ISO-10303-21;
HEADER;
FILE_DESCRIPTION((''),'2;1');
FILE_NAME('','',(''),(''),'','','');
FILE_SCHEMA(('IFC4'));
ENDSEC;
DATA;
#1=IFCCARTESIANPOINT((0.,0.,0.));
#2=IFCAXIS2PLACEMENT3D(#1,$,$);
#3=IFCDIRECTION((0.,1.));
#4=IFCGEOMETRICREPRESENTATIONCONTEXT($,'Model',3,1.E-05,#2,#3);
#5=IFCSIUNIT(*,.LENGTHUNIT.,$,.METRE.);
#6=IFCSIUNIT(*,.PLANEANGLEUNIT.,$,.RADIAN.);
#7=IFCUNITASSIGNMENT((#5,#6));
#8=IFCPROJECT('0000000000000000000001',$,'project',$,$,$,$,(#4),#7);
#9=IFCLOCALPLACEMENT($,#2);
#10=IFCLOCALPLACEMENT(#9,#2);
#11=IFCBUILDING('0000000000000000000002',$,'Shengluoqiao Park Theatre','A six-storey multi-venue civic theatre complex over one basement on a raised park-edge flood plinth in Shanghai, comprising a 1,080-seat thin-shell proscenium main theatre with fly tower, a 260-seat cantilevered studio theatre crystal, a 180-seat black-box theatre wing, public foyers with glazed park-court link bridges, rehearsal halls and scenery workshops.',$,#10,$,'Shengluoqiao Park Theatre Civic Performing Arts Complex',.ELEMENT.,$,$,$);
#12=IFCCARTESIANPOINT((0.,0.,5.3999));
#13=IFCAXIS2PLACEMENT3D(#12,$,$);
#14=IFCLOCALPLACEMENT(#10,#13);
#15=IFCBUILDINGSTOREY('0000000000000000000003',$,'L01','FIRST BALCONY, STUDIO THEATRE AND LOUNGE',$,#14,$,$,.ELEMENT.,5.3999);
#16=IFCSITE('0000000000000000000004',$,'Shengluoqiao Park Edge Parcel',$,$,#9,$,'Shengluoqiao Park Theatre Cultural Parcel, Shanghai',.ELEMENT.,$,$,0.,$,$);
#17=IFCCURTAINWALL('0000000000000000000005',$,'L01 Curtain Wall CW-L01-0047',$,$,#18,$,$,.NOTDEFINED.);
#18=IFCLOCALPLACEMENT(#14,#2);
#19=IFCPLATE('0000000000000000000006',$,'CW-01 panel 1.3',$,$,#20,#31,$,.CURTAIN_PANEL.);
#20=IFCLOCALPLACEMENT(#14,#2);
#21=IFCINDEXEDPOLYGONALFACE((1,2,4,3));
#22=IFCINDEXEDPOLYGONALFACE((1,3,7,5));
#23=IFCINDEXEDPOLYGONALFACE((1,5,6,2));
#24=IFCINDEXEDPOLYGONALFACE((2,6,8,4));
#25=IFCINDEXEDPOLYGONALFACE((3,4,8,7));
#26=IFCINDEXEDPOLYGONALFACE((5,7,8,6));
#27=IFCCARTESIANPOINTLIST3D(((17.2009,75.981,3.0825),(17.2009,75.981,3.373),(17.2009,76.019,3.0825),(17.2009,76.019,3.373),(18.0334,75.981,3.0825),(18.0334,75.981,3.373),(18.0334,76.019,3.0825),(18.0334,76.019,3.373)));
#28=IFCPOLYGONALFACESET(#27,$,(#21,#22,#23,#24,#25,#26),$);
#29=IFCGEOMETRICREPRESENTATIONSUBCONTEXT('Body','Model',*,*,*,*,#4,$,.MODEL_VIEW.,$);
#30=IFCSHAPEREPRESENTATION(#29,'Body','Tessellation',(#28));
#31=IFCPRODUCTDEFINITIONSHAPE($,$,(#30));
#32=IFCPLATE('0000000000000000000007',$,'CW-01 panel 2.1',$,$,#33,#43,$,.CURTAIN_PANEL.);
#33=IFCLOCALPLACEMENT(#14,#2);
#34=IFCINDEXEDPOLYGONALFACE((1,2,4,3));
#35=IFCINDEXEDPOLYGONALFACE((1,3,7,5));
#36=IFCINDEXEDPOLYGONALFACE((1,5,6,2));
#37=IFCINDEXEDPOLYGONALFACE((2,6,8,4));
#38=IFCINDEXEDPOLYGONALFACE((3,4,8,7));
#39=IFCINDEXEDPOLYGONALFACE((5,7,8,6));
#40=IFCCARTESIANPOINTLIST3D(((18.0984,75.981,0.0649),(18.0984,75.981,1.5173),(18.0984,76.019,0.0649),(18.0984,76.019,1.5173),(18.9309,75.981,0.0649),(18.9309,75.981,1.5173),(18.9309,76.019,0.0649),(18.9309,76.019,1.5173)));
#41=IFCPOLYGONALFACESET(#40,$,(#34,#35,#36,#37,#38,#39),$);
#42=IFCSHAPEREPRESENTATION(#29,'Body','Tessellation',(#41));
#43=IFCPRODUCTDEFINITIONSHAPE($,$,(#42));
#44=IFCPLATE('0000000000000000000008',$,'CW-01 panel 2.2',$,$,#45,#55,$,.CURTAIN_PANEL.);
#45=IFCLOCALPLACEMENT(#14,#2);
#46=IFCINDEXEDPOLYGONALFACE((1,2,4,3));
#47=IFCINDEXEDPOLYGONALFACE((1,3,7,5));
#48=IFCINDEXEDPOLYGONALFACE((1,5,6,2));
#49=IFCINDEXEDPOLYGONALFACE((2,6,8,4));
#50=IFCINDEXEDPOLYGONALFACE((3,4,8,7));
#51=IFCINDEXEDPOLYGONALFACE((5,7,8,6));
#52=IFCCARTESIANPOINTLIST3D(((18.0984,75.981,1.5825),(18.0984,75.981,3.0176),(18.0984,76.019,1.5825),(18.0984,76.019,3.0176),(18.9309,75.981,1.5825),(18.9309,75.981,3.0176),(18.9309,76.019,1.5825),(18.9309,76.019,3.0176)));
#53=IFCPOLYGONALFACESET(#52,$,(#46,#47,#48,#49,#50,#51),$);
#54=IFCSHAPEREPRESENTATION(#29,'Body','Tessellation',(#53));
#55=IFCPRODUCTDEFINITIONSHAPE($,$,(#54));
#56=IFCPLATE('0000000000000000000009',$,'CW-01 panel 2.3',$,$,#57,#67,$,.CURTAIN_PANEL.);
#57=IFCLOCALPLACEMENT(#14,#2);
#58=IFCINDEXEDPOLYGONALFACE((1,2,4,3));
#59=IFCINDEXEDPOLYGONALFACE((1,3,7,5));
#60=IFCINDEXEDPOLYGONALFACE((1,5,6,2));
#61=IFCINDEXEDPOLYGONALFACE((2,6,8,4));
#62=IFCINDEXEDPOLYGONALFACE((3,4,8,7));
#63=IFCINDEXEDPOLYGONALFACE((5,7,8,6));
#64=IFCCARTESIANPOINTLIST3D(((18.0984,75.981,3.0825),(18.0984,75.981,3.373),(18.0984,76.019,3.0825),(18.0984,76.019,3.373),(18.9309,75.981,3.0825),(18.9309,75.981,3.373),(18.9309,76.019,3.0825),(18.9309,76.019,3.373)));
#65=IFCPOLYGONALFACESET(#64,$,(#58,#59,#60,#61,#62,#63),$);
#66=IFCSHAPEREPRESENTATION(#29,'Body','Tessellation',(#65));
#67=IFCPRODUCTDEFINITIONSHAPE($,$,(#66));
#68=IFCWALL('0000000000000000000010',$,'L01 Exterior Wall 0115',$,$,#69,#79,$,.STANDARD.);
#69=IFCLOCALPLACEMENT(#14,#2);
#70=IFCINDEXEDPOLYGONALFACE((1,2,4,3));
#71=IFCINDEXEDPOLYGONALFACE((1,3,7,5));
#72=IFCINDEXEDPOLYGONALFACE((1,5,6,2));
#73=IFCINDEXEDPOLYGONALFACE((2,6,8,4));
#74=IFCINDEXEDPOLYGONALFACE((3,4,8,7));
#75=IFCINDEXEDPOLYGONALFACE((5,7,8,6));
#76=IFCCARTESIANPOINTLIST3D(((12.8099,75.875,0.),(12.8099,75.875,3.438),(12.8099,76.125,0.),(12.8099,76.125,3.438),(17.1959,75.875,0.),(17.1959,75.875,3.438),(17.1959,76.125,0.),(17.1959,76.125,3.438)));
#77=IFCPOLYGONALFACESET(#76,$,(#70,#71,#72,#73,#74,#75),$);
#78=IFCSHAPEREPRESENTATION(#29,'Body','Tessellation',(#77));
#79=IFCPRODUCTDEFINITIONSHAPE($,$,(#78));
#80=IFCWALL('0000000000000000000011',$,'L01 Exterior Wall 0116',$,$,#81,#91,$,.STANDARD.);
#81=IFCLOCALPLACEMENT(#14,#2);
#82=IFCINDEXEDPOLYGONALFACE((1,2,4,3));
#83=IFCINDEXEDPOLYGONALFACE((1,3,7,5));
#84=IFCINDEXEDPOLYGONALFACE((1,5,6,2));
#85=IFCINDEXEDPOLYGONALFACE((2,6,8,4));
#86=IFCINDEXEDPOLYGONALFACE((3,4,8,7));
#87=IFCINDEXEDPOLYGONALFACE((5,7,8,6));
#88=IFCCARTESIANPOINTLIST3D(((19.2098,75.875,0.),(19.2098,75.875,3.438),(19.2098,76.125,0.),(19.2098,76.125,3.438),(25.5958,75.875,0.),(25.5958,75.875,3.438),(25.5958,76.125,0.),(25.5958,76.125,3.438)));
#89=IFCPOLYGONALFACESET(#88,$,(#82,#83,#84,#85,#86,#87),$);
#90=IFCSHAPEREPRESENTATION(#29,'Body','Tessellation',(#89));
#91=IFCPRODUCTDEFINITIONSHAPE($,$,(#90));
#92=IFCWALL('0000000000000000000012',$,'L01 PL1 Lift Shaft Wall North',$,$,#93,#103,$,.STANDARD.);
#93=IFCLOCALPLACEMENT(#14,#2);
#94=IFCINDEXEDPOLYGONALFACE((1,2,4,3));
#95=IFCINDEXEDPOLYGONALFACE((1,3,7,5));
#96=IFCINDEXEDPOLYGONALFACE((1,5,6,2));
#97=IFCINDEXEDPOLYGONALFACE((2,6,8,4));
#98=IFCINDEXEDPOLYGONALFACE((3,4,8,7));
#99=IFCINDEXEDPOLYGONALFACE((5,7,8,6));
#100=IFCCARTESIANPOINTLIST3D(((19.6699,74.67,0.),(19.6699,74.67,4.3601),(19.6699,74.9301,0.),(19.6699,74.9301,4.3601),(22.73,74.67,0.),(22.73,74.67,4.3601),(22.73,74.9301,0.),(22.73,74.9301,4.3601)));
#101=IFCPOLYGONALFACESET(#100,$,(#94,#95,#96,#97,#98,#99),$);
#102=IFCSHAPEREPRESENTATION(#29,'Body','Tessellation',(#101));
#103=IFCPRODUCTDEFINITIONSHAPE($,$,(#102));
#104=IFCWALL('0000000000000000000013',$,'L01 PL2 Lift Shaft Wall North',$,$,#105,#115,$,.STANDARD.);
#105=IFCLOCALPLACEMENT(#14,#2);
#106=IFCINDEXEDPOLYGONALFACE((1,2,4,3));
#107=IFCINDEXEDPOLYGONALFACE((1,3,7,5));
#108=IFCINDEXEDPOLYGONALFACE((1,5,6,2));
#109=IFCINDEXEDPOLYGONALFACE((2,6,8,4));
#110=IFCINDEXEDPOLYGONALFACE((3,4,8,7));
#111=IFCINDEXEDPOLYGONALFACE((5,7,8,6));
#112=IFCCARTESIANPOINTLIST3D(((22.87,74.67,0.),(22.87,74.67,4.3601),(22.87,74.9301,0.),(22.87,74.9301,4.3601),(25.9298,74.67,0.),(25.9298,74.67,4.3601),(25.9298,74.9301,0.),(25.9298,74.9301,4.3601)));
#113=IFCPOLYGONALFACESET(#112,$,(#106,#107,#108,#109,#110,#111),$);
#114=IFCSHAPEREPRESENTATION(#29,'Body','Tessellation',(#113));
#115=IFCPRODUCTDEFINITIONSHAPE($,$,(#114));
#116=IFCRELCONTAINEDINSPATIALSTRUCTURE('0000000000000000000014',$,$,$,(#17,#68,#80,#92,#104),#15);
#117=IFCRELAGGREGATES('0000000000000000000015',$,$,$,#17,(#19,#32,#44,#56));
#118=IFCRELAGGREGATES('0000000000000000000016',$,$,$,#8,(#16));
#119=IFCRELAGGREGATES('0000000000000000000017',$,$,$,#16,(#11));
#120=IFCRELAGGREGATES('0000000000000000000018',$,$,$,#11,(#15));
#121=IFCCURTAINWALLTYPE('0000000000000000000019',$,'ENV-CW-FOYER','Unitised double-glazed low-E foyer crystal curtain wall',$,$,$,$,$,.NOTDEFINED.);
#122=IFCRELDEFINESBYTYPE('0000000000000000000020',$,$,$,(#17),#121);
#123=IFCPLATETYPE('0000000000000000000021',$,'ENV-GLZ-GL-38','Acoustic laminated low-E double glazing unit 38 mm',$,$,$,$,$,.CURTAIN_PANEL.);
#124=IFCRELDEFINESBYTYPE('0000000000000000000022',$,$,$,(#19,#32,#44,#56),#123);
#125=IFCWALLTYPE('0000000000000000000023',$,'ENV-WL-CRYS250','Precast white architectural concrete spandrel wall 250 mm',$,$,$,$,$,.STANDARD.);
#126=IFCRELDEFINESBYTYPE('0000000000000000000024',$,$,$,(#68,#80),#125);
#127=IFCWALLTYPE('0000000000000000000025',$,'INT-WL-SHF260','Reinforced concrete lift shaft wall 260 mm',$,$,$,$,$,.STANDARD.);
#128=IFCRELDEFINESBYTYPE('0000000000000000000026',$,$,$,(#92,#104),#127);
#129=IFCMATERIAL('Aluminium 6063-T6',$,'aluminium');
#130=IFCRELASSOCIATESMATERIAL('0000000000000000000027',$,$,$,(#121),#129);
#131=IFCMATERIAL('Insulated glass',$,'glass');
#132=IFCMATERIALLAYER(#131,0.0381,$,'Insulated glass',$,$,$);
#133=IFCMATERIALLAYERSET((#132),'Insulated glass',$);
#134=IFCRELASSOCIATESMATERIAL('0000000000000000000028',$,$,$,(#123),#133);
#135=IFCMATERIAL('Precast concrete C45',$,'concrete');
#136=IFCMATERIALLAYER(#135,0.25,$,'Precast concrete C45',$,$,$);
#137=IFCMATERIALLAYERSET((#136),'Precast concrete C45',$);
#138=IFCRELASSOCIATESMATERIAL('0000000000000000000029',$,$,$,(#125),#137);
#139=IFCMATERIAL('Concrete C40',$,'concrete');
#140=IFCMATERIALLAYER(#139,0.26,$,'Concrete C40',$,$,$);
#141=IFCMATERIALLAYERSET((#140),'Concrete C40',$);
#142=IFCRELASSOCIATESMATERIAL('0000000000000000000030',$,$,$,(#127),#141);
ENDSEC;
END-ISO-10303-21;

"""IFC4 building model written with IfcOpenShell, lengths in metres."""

from ifc_helpers import new_model, si_unit, direction, frame, frame_2d, origin, origin_2d, place, context, subcontext, project, spatial, rectangle, extrude, material, layer, layer_set, type_object, element, aggregate, save


model = new_model("IFC4")

# Units and contexts
model_context = context("Model", 3, precision=1e-05, world=origin(), true_north=direction((0.0, 1.0)))
body_context = subcontext(model_context, "Body", "Model", "MODEL_VIEW")
ifc_project = project(units=[si_unit("LENGTHUNIT", "METRE"), si_unit("PLANEANGLEUNIT", "RADIAN")], contexts=[model_context])

# Site, building, storey
site_placement = place(None, origin())
site = spatial("IfcSite", under=ifc_project, at=site_placement, Name="Shengluoqiao Park Edge Parcel", LongName="Shengluoqiao Park Theatre Cultural Parcel, Shanghai", CompositionType="ELEMENT", RefElevation=0.0)
building_placement = place(site_placement, origin())
building = spatial("IfcBuilding", under=site, at=building_placement, Name="Shengluoqiao Park Theatre", Description="A six-storey multi-venue civic theatre complex over one basement on a raised park-edge flood plinth in Shanghai, comprising a 1,080-seat thin-shell proscenium main theatre with fly tower, a 260-seat cantilevered studio theatre crystal, a 180-seat black-box theatre wing, public foyers with glazed park-court link bridges, rehearsal halls and scenery workshops.", LongName="Shengluoqiao Park Theatre Civic Performing Arts Complex", CompositionType="ELEMENT")
storey_placement = place(building_placement, frame((0.0, 0.0, 5.3999)))
storey = spatial("IfcBuildingStorey", under=building, at=storey_placement, Name="L01", Description="FIRST BALCONY, STUDIO THEATRE AND LOUNGE", CompositionType="ELEMENT", Elevation=5.3999)

# Shared definitions
ifc_material_1 = material(Name="Aluminium 6063-T6", Category="aluminium")
curtain_wall_type = type_object("IfcCurtainWallType", Name="ENV-CW-FOYER", Description="Unitised double-glazed low-E foyer crystal curtain wall", PredefinedType="NOTDEFINED", material=ifc_material_1)

# Curtain wall
curtain_wall_1_placement = place(storey_placement, origin())
curtain_wall_1 = element("IfcCurtainWall", 1, at=curtain_wall_1_placement, inside=storey, type_object=curtain_wall_type, Name="L01 Curtain Wall CW-L01-0047", PredefinedType="NOTDEFINED")

# Shared definitions
ifc_material_2 = material(Name="Precast concrete C45", Category="concrete")

# Plates
ifc_material_3 = material(Name="Insulated glass", Category="glass")
ifc_layer_1 = layer(ifc_material_3, 0.0381, Name="Insulated glass")
ifc_layer_set_1 = layer_set([ifc_layer_1], Name="Insulated glass")
plate_type_1 = type_object("IfcPlateType", Name="ENV-GLZ-GL-38", Description="Acoustic laminated low-E double glazing unit 38 mm", PredefinedType="CURTAIN_PANEL", material=ifc_layer_set_1)
plate_1_placement = place(storey_placement, frame((17.6172, 76.0, 3.0825), z_axis=(0.0, 0.0, 1.0), x_axis=(1.0, 0.0, 0.0)))
plate_1 = element("IfcPlate", 2, at=plate_1_placement, type_object=plate_type_1, Name="CW-01 panel 1.3", PredefinedType="CURTAIN_PANEL", context=body_context, shape_type="SweptSolid", body=[
    extrude(rectangle(XDim=0.8325, YDim=0.0381, at=origin_2d()), origin(), (0.0, 0.0, 1.0), 0.2905),
])
plate_2_placement = place(storey_placement, frame((18.5146, 76.0, 0.0649), z_axis=(0.0, 0.0, 1.0), x_axis=(1.0, 0.0, 0.0)))
plate_2 = element("IfcPlate", 3, at=plate_2_placement, type_object=plate_type_1, Name="CW-01 panel 2.1", PredefinedType="CURTAIN_PANEL", context=body_context, shape_type="SweptSolid", body=[
    extrude(rectangle(XDim=0.8325, YDim=0.0381, at=origin_2d()), origin(), (0.0, 0.0, 1.0), 1.4524),
])
plate_3_placement = place(storey_placement, frame((18.5146, 76.0, 1.5825), z_axis=(0.0, 0.0, 1.0), x_axis=(1.0, 0.0, 0.0)))
plate_3 = element("IfcPlate", 4, at=plate_3_placement, type_object=plate_type_1, Name="CW-01 panel 2.2", PredefinedType="CURTAIN_PANEL", context=body_context, shape_type="SweptSolid", body=[
    extrude(rectangle(XDim=0.8325, YDim=0.0381, at=origin_2d()), origin(), (0.0, 0.0, 1.0), 1.4351),
])
plate_4_placement = place(storey_placement, frame((18.5146, 76.0, 3.0825), z_axis=(0.0, 0.0, 1.0), x_axis=(1.0, 0.0, 0.0)))
plate_4 = element("IfcPlate", 5, at=plate_4_placement, type_object=plate_type_1, Name="CW-01 panel 2.3", PredefinedType="CURTAIN_PANEL", context=body_context, shape_type="SweptSolid", body=[
    extrude(rectangle(XDim=0.8325, YDim=0.0381, at=origin_2d()), origin(), (0.0, 0.0, 1.0), 0.2905),
])
aggregate(curtain_wall_1, [plate_1, plate_2, plate_3, plate_4])

# Walls
ifc_layer_2 = layer(ifc_material_2, 0.25, Name="Precast concrete C45")
ifc_layer_set_2 = layer_set([ifc_layer_2], Name="Precast concrete C45")
wall_type_1 = type_object("IfcWallType", Name="ENV-WL-CRYS250", Description="Precast white architectural concrete spandrel wall 250 mm", PredefinedType="STANDARD", material=ifc_layer_set_2)
wall_1_placement = place(storey_placement, frame((12.8101, 76.0, 0.0), z_axis=(0.0, 0.0, 1.0), x_axis=(1.0, 0.0, 0.0)))
element("IfcWall", 6, at=wall_1_placement, inside=storey, type_object=wall_type_1, Name="L01 Exterior Wall 0115", PredefinedType="STANDARD", context=body_context, shape_type="SweptSolid", body=[
    extrude(rectangle(XDim=4.386, YDim=0.25, at=frame_2d((2.1929, 0.0))), origin(), (0.0, 0.0, 1.0), 3.438),
])
wall_2_placement = place(storey_placement, frame((19.21, 76.0, 0.0), z_axis=(0.0, 0.0, 1.0), x_axis=(1.0, 0.0, 0.0)))
element("IfcWall", 7, at=wall_2_placement, inside=storey, type_object=wall_type_1, Name="L01 Exterior Wall 0116", PredefinedType="STANDARD", context=body_context, shape_type="SweptSolid", body=[
    extrude(rectangle(XDim=6.386, YDim=0.25, at=frame_2d((3.1929, 0.0))), origin(), (0.0, 0.0, 1.0), 3.438),
])
ifc_material_4 = material(Name="Concrete C40", Category="concrete")
ifc_layer_3 = layer(ifc_material_4, 0.26, Name="Concrete C40")
ifc_layer_set_3 = layer_set([ifc_layer_3], Name="Concrete C40")
wall_type_2 = type_object("IfcWallType", Name="INT-WL-SHF260", Description="Reinforced concrete lift shaft wall 260 mm", PredefinedType="STANDARD", material=ifc_layer_set_3)
wall_3_placement = place(storey_placement, frame((19.6699, 74.8, 0.0), z_axis=(0.0, 0.0, 1.0), x_axis=(1.0, 0.0, 0.0)))
element("IfcWall", 8, at=wall_3_placement, inside=storey, type_object=wall_type_2, Name="L01 PL1 Lift Shaft Wall North", PredefinedType="STANDARD", context=body_context, shape_type="SweptSolid", body=[
    extrude(rectangle(XDim=3.0601, YDim=0.26, at=frame_2d((1.53, 0.0))), origin(), (0.0, 0.0, 1.0), 4.3601),
])
wall_4_placement = place(storey_placement, frame((22.8701, 74.8, 0.0), z_axis=(0.0, 0.0, 1.0), x_axis=(1.0, 0.0, 0.0)))
element("IfcWall", 9, at=wall_4_placement, inside=storey, type_object=wall_type_2, Name="L01 PL2 Lift Shaft Wall North", PredefinedType="STANDARD", context=body_context, shape_type="SweptSolid", body=[
    extrude(rectangle(XDim=3.0598, YDim=0.26, at=frame_2d((1.5298, 0.0))), origin(), (0.0, 0.0, 1.0), 4.3601),
])

save(model, "model.ifc")
